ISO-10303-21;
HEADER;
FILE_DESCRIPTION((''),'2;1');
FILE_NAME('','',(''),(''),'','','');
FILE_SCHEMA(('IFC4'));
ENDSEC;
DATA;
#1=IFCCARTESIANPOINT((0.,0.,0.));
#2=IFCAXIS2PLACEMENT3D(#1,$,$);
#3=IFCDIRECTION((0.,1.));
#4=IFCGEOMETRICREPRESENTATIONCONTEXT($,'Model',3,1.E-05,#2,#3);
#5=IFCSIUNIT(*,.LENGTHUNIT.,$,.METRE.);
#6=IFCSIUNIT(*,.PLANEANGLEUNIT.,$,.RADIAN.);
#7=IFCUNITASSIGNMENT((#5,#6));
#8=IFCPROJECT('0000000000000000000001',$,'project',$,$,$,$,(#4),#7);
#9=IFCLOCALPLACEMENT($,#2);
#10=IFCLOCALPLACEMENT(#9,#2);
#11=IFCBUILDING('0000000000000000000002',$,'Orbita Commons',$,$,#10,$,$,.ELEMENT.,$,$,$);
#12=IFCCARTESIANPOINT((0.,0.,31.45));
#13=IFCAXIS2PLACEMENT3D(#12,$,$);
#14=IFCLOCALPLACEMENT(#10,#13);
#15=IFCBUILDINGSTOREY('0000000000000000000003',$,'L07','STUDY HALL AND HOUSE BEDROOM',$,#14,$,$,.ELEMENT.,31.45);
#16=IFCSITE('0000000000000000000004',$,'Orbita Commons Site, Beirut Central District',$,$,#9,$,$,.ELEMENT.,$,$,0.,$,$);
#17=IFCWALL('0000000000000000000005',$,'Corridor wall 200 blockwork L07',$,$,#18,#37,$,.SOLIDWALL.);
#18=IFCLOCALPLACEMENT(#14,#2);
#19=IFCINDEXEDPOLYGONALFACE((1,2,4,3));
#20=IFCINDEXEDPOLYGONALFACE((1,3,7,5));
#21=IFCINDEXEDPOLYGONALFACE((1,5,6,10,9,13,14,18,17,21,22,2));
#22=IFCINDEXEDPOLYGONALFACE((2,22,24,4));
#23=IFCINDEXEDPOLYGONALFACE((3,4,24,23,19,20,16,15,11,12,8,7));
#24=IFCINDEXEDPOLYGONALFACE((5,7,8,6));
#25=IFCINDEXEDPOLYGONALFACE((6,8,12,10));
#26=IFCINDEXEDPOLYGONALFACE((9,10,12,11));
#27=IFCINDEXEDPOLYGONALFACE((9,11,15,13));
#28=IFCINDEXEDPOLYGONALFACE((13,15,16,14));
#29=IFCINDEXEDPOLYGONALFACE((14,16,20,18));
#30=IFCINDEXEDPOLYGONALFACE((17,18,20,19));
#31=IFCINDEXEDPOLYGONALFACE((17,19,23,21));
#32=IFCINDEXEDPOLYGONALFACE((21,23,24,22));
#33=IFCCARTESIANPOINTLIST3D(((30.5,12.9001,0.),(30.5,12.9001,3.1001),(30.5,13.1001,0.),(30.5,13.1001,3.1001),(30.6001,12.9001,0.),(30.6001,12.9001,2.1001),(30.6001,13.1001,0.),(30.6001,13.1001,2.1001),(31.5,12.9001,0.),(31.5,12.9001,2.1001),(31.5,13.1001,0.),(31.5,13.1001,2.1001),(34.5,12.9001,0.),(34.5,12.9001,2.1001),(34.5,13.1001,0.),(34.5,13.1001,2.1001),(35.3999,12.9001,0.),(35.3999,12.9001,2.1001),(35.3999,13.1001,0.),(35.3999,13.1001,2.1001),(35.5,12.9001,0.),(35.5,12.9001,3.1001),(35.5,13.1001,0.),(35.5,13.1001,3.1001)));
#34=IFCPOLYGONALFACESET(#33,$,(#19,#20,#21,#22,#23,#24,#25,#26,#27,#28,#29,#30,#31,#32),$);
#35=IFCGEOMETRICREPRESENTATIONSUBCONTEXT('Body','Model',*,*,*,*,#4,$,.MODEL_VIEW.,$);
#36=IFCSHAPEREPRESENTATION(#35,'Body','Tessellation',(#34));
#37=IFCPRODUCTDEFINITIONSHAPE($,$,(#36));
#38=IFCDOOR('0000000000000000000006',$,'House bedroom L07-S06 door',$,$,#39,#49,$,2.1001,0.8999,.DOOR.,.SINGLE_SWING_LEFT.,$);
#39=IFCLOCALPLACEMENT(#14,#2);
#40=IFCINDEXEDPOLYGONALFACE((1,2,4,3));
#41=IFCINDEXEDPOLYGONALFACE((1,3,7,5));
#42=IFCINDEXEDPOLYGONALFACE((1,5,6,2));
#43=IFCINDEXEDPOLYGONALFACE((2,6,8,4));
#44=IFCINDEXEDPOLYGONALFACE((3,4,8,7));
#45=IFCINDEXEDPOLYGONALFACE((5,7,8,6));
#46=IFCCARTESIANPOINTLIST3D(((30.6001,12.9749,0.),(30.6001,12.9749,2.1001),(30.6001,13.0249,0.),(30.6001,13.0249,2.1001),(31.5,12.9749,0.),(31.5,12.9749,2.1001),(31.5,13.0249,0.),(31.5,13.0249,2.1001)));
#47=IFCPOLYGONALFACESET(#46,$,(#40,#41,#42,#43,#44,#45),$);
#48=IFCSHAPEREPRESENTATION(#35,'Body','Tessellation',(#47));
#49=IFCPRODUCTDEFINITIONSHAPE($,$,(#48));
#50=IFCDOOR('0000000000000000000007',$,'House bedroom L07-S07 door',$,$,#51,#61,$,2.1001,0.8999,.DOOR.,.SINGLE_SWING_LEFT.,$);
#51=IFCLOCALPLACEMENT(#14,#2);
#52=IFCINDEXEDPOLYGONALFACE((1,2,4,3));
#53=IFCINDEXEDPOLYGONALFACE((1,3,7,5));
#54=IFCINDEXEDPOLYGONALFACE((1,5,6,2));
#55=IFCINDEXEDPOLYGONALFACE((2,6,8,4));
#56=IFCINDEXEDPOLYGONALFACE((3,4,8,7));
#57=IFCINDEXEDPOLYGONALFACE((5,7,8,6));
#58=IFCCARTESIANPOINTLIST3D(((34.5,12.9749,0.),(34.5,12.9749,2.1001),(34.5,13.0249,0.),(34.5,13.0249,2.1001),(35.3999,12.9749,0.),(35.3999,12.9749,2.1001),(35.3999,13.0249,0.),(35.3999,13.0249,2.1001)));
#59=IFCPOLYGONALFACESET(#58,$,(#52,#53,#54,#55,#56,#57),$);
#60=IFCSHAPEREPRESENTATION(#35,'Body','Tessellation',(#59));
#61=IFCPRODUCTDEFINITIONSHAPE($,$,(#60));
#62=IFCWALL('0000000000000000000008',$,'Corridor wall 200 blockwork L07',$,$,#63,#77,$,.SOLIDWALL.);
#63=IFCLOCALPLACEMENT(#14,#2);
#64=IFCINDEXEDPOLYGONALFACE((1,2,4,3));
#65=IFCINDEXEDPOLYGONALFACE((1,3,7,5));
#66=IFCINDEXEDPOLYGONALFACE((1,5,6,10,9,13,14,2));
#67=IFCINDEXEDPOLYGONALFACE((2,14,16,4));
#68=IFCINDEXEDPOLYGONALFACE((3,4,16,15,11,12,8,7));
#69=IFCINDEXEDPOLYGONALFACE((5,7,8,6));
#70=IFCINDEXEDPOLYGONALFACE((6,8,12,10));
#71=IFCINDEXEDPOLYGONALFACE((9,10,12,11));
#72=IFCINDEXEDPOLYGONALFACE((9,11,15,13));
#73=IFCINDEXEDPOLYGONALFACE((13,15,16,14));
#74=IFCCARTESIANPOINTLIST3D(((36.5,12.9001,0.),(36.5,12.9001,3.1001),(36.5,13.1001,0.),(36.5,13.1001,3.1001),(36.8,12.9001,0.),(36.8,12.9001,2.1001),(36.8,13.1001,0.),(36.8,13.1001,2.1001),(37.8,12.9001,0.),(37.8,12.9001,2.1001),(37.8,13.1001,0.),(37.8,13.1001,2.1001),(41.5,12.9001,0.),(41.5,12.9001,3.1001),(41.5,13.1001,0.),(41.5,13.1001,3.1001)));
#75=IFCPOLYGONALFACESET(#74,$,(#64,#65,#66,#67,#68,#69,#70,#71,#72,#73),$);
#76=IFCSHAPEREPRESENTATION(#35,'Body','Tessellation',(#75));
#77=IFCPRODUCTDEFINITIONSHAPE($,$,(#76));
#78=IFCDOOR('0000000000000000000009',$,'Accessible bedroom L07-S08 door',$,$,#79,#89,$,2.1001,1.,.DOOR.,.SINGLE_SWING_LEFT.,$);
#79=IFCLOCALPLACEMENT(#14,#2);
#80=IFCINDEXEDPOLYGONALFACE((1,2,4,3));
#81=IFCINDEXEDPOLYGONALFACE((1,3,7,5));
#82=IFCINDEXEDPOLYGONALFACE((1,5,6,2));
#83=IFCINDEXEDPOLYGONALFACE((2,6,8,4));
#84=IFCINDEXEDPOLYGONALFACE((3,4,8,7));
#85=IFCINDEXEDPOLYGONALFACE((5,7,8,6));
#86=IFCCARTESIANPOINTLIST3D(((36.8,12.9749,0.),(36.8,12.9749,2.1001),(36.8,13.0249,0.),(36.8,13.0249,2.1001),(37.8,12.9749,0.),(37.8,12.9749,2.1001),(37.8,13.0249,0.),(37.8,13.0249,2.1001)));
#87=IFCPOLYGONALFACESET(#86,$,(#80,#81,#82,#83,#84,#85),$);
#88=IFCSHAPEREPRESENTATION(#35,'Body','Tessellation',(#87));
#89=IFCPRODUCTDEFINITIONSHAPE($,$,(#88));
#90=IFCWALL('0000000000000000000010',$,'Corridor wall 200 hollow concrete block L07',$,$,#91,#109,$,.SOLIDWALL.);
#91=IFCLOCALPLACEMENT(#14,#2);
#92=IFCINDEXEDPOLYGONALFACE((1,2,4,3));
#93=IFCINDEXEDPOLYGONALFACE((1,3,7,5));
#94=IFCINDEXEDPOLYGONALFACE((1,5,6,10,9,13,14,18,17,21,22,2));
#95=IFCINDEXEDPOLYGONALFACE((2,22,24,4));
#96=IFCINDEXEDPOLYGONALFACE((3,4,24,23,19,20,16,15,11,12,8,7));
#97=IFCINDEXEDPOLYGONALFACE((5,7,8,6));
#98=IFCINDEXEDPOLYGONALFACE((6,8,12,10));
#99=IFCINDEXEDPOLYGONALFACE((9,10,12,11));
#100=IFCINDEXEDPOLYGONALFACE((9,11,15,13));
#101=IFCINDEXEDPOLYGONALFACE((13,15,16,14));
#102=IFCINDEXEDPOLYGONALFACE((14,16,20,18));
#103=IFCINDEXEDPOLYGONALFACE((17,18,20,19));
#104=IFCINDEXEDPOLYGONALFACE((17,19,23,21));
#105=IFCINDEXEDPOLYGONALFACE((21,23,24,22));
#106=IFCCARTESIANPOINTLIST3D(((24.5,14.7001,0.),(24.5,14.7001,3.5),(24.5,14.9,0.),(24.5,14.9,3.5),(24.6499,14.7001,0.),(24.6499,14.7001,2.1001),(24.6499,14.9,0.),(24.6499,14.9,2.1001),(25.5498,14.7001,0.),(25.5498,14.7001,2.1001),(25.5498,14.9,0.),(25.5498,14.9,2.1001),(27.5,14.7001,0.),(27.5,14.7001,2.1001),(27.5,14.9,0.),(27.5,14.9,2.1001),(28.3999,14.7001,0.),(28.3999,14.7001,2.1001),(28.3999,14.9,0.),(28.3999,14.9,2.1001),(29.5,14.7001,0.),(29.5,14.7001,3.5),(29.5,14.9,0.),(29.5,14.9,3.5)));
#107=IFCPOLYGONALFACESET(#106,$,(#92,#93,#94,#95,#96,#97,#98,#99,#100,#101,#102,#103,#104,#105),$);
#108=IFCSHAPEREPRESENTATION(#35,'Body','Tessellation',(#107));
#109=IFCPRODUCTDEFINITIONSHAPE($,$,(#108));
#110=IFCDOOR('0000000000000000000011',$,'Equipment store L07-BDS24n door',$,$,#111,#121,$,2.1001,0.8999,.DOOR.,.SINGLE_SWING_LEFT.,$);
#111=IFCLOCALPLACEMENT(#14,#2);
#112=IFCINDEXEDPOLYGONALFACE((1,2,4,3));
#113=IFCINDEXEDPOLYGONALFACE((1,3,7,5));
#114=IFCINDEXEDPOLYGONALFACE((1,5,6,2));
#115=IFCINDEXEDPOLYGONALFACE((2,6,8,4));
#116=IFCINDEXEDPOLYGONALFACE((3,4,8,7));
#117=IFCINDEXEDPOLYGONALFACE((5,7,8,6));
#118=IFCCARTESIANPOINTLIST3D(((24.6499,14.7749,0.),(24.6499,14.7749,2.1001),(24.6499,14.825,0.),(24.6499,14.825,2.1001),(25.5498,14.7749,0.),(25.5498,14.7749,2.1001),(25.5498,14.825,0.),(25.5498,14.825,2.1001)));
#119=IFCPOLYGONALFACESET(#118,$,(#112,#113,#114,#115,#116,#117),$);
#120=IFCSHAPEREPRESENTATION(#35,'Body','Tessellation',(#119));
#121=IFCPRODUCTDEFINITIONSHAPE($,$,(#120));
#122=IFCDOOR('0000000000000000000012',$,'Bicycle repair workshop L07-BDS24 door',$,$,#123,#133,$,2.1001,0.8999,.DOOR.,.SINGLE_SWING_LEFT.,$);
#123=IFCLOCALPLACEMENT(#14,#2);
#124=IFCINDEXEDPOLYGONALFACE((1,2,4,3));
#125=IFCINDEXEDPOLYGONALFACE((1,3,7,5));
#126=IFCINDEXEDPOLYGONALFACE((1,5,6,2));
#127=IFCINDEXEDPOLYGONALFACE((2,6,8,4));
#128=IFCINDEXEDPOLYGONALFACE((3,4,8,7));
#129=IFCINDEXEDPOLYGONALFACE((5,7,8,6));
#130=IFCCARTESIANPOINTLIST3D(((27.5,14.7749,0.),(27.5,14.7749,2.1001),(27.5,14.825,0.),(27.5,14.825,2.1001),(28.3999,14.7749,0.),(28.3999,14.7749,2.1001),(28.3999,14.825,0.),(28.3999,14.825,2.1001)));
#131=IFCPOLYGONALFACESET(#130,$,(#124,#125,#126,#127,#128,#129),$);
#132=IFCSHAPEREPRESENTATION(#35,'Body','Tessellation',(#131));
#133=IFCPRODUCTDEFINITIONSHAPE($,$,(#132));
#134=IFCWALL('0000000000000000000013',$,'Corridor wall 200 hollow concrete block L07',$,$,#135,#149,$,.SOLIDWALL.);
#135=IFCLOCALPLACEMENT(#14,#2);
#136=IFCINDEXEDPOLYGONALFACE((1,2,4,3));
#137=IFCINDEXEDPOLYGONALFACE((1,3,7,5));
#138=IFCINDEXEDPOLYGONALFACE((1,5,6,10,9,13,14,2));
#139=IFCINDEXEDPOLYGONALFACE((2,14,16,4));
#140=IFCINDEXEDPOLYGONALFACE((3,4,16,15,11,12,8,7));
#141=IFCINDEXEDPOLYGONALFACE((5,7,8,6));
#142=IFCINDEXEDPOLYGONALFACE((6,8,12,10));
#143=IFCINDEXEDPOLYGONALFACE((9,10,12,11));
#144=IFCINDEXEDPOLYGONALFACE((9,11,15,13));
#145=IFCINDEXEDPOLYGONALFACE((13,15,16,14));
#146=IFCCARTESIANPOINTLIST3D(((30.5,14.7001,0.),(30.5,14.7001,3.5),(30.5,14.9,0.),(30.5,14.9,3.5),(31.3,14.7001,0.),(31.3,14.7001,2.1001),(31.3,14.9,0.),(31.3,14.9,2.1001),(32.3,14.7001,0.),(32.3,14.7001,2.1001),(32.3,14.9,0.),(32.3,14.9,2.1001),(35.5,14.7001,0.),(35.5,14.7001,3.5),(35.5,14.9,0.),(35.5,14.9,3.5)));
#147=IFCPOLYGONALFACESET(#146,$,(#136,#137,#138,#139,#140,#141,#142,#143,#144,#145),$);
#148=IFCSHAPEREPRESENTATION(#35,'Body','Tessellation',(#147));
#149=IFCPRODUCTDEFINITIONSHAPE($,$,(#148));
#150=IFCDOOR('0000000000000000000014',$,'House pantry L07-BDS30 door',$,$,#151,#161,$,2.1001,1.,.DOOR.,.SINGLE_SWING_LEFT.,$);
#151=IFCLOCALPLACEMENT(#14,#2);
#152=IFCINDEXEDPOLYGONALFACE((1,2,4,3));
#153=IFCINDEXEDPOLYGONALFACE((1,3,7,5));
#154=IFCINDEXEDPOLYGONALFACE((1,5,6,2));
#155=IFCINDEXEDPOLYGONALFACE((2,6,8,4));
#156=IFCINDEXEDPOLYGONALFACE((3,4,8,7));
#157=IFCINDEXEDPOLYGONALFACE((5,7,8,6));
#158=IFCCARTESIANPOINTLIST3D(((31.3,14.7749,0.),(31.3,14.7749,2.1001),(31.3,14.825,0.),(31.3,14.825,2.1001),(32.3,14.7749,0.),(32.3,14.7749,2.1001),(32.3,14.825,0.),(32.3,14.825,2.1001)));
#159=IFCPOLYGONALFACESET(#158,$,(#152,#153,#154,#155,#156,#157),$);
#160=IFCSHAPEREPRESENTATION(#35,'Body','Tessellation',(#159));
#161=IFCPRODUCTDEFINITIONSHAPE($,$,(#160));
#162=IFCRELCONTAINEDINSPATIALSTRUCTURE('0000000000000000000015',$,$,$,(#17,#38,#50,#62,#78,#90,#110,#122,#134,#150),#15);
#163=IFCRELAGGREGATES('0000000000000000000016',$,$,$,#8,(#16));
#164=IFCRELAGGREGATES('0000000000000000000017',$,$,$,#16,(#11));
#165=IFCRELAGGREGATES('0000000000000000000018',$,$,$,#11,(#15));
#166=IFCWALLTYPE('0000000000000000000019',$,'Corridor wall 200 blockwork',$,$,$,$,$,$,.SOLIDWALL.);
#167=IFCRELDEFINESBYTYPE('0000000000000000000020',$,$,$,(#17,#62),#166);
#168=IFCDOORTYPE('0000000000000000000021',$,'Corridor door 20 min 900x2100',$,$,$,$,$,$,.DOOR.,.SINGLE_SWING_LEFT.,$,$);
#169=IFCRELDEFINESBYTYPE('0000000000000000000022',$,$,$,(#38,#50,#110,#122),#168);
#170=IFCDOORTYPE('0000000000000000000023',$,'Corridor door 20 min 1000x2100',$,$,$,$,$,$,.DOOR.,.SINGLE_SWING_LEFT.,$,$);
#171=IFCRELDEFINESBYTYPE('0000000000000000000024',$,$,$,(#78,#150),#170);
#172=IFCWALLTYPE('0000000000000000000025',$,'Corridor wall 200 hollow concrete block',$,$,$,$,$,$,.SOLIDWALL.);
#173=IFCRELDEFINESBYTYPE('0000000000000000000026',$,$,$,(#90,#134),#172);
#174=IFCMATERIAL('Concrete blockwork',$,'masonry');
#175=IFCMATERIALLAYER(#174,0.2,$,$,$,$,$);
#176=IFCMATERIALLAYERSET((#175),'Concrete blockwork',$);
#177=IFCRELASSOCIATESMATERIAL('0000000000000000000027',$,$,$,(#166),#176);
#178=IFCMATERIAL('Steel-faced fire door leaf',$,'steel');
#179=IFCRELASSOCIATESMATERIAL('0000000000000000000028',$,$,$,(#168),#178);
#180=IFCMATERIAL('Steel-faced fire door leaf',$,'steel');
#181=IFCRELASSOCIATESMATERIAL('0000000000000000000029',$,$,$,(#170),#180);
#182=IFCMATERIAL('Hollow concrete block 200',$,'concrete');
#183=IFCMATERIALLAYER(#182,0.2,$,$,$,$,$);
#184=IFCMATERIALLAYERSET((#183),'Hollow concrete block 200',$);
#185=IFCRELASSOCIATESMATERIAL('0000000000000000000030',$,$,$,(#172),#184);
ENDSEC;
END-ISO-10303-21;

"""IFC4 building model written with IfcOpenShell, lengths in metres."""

from ifc_helpers import new_model, si_unit, direction, frame, frame_2d, origin, place, context, subcontext, project, spatial, polyline, rectangle, outline, extrude, material, layer, layer_set, type_object, element, fill, save


model = new_model("IFC4")

# Units and contexts
model_context = context("Model", 3, precision=1e-05, world=origin(), true_north=direction((0.0, 1.0)))
body_context = subcontext(model_context, "Body", "Model", "MODEL_VIEW")
ifc_project = project(units=[si_unit("LENGTHUNIT", "METRE"), si_unit("PLANEANGLEUNIT", "RADIAN")], contexts=[model_context])

# Site, building, storey
site_placement = place(None, origin())
site = spatial("IfcSite", under=ifc_project, at=site_placement, Name="Orbita Commons Site, Beirut Central District", CompositionType="ELEMENT", RefElevation=0.0)
building_placement = place(site_placement, origin())
building = spatial("IfcBuilding", under=site, at=building_placement, Name="Orbita Commons", CompositionType="ELEMENT")
storey_placement = place(building_placement, frame((0.0, 0.0, 31.45)))
storey = spatial("IfcBuildingStorey", under=building, at=storey_placement, Name="L07", Description="STUDY HALL AND HOUSE BEDROOM", CompositionType="ELEMENT", Elevation=31.45)

# Wall, openings, doors
ifc_material_1 = material(Name="Concrete blockwork", Category="masonry")
ifc_layer_1 = layer(ifc_material_1, 0.2)
ifc_layer_set_1 = layer_set([ifc_layer_1], Name="Concrete blockwork")
wall_type_1 = type_object("IfcWallType", Name="Corridor wall 200 blockwork", PredefinedType="SOLIDWALL", material=ifc_layer_set_1)
ifc_material_2 = material(Name="Steel-faced fire door leaf", Category="steel")
door_type_1 = type_object("IfcDoorType", Name="Corridor door 20 min 900x2100", OperationType="SINGLE_SWING_LEFT", PredefinedType="DOOR", material=ifc_material_2)
wall_1_placement = place(storey_placement, frame((30.5, 13.0, 0.0), z_axis=(0.0, 0.0, 1.0), x_axis=(1.0, 0.0, 0.0)))
wall_1 = element("IfcWall", 1, at=wall_1_placement, inside=storey, type_object=wall_type_1, Name="Corridor wall 200 blockwork L07", PredefinedType="SOLIDWALL", context=body_context, shape_type="SweptSolid", body=[
    extrude(outline(polyline([(0.0, 0.0), (5.0, 0.0), (5.0, 3.1001), (0.0, 3.1001), (0.0, 0.0)])), frame((0.0, 0.1001, 0.0), z_axis=(0.0, -1.0, 0.0), x_axis=(1.0, 0.0, 0.0)), (0.0, 0.0, 1.0), 0.2),
])
opening_1_placement = place(wall_1_placement, frame((0.1001, 0.0, 0.0)))
opening_1 = element("IfcOpeningElement", 2, at=opening_1_placement, cuts=wall_1, PredefinedType="OPENING", context=body_context, shape_type="SweptSolid", body=[
    extrude(rectangle(XDim=0.8999, YDim=2.1001, at=frame_2d((0.45, 1.05))), frame((0.0, 0.1099, 0.0), z_axis=(0.0, -1.0, 0.0), x_axis=(1.0, 0.0, 0.0)), (0.0, 0.0, 1.0), 0.22),
])
opening_2_placement = place(wall_1_placement, frame((4.0, 0.0, 0.0)))
opening_2 = element("IfcOpeningElement", 3, at=opening_2_placement, cuts=wall_1, PredefinedType="OPENING", context=body_context, shape_type="SweptSolid", body=[
    extrude(rectangle(XDim=0.8999, YDim=2.1001, at=frame_2d((0.45, 1.05))), frame((0.0, 0.1099, 0.0), z_axis=(0.0, -1.0, 0.0), x_axis=(1.0, 0.0, 0.0)), (0.0, 0.0, 1.0), 0.22),
])
door_1_placement = place(opening_1_placement, origin())
door_1 = element("IfcDoor", 4, at=door_1_placement, inside=storey, type_object=door_type_1, Name="House bedroom L07-S06 door", OperationType="SINGLE_SWING_LEFT", OverallHeight=2.1001, OverallWidth=0.8999, PredefinedType="DOOR", context=body_context, shape_type="SweptSolid", body=[
    extrude(rectangle(XDim=0.8999, YDim=2.1001, at=frame_2d((0.45, 1.05))), frame((0.0, 0.0249, 0.0), z_axis=(0.0, -1.0, 0.0), x_axis=(1.0, 0.0, 0.0)), (0.0, 0.0, 1.0), 0.05),
])
fill(opening_1, door_1)
door_2_placement = place(opening_2_placement, origin())
door_2 = element("IfcDoor", 5, at=door_2_placement, inside=storey, type_object=door_type_1, Name="House bedroom L07-S07 door", OperationType="SINGLE_SWING_LEFT", OverallHeight=2.1001, OverallWidth=0.8999, PredefinedType="DOOR", context=body_context, shape_type="SweptSolid", body=[
    extrude(rectangle(XDim=0.8999, YDim=2.1001, at=frame_2d((0.45, 1.05))), frame((0.0, 0.0249, 0.0), z_axis=(0.0, -1.0, 0.0), x_axis=(1.0, 0.0, 0.0)), (0.0, 0.0, 1.0), 0.05),
])
fill(opening_2, door_2)

# Wall, opening, door
wall_2_placement = place(storey_placement, frame((36.5, 13.0, 0.0), z_axis=(0.0, 0.0, 1.0), x_axis=(1.0, 0.0, 0.0)))
wall_2 = element("IfcWall", 6, at=wall_2_placement, inside=storey, type_object=wall_type_1, Name="Corridor wall 200 blockwork L07", PredefinedType="SOLIDWALL", context=body_context, shape_type="SweptSolid", body=[
    extrude(outline(polyline([(0.0, 0.0), (5.0, 0.0), (5.0, 3.1001), (0.0, 3.1001), (0.0, 0.0)])), frame((0.0, 0.1001, 0.0), z_axis=(0.0, -1.0, 0.0), x_axis=(1.0, 0.0, 0.0)), (0.0, 0.0, 1.0), 0.2),
])
opening_3_placement = place(wall_2_placement, frame((0.3, 0.0, 0.0)))
opening_3 = element("IfcOpeningElement", 7, at=opening_3_placement, cuts=wall_2, PredefinedType="OPENING", context=body_context, shape_type="SweptSolid", body=[
    extrude(rectangle(XDim=1.0, YDim=2.1001, at=frame_2d((0.5, 1.05))), frame((0.0, 0.1099, 0.0), z_axis=(0.0, -1.0, 0.0), x_axis=(1.0, 0.0, 0.0)), (0.0, 0.0, 1.0), 0.22),
])
ifc_material_3 = material(Name="Steel-faced fire door leaf", Category="steel")
door_type_2 = type_object("IfcDoorType", Name="Corridor door 20 min 1000x2100", OperationType="SINGLE_SWING_LEFT", PredefinedType="DOOR", material=ifc_material_3)
door_3_placement = place(opening_3_placement, origin())
door_3 = element("IfcDoor", 8, at=door_3_placement, inside=storey, type_object=door_type_2, Name="Accessible bedroom L07-S08 door", OperationType="SINGLE_SWING_LEFT", OverallHeight=2.1001, OverallWidth=1.0, PredefinedType="DOOR", context=body_context, shape_type="SweptSolid", body=[
    extrude(rectangle(XDim=1.0, YDim=2.1001, at=frame_2d((0.5, 1.05))), frame((0.0, 0.0249, 0.0), z_axis=(0.0, -1.0, 0.0), x_axis=(1.0, 0.0, 0.0)), (0.0, 0.0, 1.0), 0.05),
])
fill(opening_3, door_3)

# Wall, openings, doors
ifc_material_4 = material(Name="Hollow concrete block 200", Category="concrete")
ifc_layer_2 = layer(ifc_material_4, 0.2)
ifc_layer_set_2 = layer_set([ifc_layer_2], Name="Hollow concrete block 200")
wall_type_2 = type_object("IfcWallType", Name="Corridor wall 200 hollow concrete block", PredefinedType="SOLIDWALL", material=ifc_layer_set_2)
wall_3_placement = place(storey_placement, frame((24.5, 14.8, 0.0), z_axis=(0.0, 0.0, 1.0), x_axis=(1.0, 0.0, 0.0)))
wall_3 = element("IfcWall", 9, at=wall_3_placement, inside=storey, type_object=wall_type_2, Name="Corridor wall 200 hollow concrete block L07", PredefinedType="SOLIDWALL", context=body_context, shape_type="SweptSolid", body=[
    extrude(rectangle(XDim=5.0, YDim=0.2, at=frame_2d((2.5, 0.0))), origin(), (0.0, 0.0, 1.0), 3.5),
])
opening_4_placement = place(wall_3_placement, frame((0.1499, 0.0, 0.0)))
opening_4 = element("IfcOpeningElement", 10, at=opening_4_placement, cuts=wall_3, PredefinedType="OPENING", context=body_context, shape_type="SweptSolid", body=[
    extrude(rectangle(XDim=0.8999, YDim=2.1001, at=frame_2d((0.45, 1.05))), frame((0.0, 0.1099, 0.0), z_axis=(0.0, -1.0, 0.0), x_axis=(1.0, 0.0, 0.0)), (0.0, 0.0, 1.0), 0.22),
])
opening_5_placement = place(wall_3_placement, frame((3.0, 0.0, 0.0)))
opening_5 = element("IfcOpeningElement", 11, at=opening_5_placement, cuts=wall_3, PredefinedType="OPENING", context=body_context, shape_type="SweptSolid", body=[
    extrude(rectangle(XDim=0.8999, YDim=2.1001, at=frame_2d((0.45, 1.05))), frame((0.0, 0.1099, 0.0), z_axis=(0.0, -1.0, 0.0), x_axis=(1.0, 0.0, 0.0)), (0.0, 0.0, 1.0), 0.22),
])
door_4_placement = place(opening_4_placement, origin())
door_4 = element("IfcDoor", 12, at=door_4_placement, inside=storey, type_object=door_type_1, Name="Equipment store L07-BDS24n door", OperationType="SINGLE_SWING_LEFT", OverallHeight=2.1001, OverallWidth=0.8999, PredefinedType="DOOR", context=body_context, shape_type="SweptSolid", body=[
    extrude(rectangle(XDim=0.8999, YDim=2.1001, at=frame_2d((0.45, 1.05))), frame((0.0, 0.0249, 0.0), z_axis=(0.0, -1.0, 0.0), x_axis=(1.0, 0.0, 0.0)), (0.0, 0.0, 1.0), 0.05),
])
fill(opening_4, door_4)
door_5_placement = place(opening_5_placement, origin())
door_5 = element("IfcDoor", 13, at=door_5_placement, inside=storey, type_object=door_type_1, Name="Bicycle repair workshop L07-BDS24 door", OperationType="SINGLE_SWING_LEFT", OverallHeight=2.1001, OverallWidth=0.8999, PredefinedType="DOOR", context=body_context, shape_type="SweptSolid", body=[
    extrude(rectangle(XDim=0.8999, YDim=2.1001, at=frame_2d((0.45, 1.05))), frame((0.0, 0.0249, 0.0), z_axis=(0.0, -1.0, 0.0), x_axis=(1.0, 0.0, 0.0)), (0.0, 0.0, 1.0), 0.05),
])
fill(opening_5, door_5)

# Wall, opening, door
wall_4_placement = place(storey_placement, frame((30.5, 14.8, 0.0), z_axis=(0.0, 0.0, 1.0), x_axis=(1.0, 0.0, 0.0)))
wall_4 = element("IfcWall", 14, at=wall_4_placement, inside=storey, type_object=wall_type_2, Name="Corridor wall 200 hollow concrete block L07", PredefinedType="SOLIDWALL", context=body_context, shape_type="SweptSolid", body=[
    extrude(rectangle(XDim=5.0, YDim=0.2, at=frame_2d((2.5, 0.0))), origin(), (0.0, 0.0, 1.0), 3.5),
])
opening_6_placement = place(wall_4_placement, frame((0.8, 0.0, 0.0)))
opening_6 = element("IfcOpeningElement", 15, at=opening_6_placement, cuts=wall_4, PredefinedType="OPENING", context=body_context, shape_type="SweptSolid", body=[
    extrude(rectangle(XDim=1.0, YDim=2.1001, at=frame_2d((0.5, 1.05))), frame((0.0, 0.1099, 0.0), z_axis=(0.0, -1.0, 0.0), x_axis=(1.0, 0.0, 0.0)), (0.0, 0.0, 1.0), 0.22),
])
door_6_placement = place(opening_6_placement, origin())
door_6 = element("IfcDoor", 16, at=door_6_placement, inside=storey, type_object=door_type_2, Name="House pantry L07-BDS30 door", OperationType="SINGLE_SWING_LEFT", OverallHeight=2.1001, OverallWidth=1.0, PredefinedType="DOOR", context=body_context, shape_type="SweptSolid", body=[
    extrude(rectangle(XDim=1.0, YDim=2.1001, at=frame_2d((0.5, 1.05))), frame((0.0, 0.0249, 0.0), z_axis=(0.0, -1.0, 0.0), x_axis=(1.0, 0.0, 0.0)), (0.0, 0.0, 1.0), 0.05),
])
fill(opening_6, door_6)

save(model, "model.ifc")
